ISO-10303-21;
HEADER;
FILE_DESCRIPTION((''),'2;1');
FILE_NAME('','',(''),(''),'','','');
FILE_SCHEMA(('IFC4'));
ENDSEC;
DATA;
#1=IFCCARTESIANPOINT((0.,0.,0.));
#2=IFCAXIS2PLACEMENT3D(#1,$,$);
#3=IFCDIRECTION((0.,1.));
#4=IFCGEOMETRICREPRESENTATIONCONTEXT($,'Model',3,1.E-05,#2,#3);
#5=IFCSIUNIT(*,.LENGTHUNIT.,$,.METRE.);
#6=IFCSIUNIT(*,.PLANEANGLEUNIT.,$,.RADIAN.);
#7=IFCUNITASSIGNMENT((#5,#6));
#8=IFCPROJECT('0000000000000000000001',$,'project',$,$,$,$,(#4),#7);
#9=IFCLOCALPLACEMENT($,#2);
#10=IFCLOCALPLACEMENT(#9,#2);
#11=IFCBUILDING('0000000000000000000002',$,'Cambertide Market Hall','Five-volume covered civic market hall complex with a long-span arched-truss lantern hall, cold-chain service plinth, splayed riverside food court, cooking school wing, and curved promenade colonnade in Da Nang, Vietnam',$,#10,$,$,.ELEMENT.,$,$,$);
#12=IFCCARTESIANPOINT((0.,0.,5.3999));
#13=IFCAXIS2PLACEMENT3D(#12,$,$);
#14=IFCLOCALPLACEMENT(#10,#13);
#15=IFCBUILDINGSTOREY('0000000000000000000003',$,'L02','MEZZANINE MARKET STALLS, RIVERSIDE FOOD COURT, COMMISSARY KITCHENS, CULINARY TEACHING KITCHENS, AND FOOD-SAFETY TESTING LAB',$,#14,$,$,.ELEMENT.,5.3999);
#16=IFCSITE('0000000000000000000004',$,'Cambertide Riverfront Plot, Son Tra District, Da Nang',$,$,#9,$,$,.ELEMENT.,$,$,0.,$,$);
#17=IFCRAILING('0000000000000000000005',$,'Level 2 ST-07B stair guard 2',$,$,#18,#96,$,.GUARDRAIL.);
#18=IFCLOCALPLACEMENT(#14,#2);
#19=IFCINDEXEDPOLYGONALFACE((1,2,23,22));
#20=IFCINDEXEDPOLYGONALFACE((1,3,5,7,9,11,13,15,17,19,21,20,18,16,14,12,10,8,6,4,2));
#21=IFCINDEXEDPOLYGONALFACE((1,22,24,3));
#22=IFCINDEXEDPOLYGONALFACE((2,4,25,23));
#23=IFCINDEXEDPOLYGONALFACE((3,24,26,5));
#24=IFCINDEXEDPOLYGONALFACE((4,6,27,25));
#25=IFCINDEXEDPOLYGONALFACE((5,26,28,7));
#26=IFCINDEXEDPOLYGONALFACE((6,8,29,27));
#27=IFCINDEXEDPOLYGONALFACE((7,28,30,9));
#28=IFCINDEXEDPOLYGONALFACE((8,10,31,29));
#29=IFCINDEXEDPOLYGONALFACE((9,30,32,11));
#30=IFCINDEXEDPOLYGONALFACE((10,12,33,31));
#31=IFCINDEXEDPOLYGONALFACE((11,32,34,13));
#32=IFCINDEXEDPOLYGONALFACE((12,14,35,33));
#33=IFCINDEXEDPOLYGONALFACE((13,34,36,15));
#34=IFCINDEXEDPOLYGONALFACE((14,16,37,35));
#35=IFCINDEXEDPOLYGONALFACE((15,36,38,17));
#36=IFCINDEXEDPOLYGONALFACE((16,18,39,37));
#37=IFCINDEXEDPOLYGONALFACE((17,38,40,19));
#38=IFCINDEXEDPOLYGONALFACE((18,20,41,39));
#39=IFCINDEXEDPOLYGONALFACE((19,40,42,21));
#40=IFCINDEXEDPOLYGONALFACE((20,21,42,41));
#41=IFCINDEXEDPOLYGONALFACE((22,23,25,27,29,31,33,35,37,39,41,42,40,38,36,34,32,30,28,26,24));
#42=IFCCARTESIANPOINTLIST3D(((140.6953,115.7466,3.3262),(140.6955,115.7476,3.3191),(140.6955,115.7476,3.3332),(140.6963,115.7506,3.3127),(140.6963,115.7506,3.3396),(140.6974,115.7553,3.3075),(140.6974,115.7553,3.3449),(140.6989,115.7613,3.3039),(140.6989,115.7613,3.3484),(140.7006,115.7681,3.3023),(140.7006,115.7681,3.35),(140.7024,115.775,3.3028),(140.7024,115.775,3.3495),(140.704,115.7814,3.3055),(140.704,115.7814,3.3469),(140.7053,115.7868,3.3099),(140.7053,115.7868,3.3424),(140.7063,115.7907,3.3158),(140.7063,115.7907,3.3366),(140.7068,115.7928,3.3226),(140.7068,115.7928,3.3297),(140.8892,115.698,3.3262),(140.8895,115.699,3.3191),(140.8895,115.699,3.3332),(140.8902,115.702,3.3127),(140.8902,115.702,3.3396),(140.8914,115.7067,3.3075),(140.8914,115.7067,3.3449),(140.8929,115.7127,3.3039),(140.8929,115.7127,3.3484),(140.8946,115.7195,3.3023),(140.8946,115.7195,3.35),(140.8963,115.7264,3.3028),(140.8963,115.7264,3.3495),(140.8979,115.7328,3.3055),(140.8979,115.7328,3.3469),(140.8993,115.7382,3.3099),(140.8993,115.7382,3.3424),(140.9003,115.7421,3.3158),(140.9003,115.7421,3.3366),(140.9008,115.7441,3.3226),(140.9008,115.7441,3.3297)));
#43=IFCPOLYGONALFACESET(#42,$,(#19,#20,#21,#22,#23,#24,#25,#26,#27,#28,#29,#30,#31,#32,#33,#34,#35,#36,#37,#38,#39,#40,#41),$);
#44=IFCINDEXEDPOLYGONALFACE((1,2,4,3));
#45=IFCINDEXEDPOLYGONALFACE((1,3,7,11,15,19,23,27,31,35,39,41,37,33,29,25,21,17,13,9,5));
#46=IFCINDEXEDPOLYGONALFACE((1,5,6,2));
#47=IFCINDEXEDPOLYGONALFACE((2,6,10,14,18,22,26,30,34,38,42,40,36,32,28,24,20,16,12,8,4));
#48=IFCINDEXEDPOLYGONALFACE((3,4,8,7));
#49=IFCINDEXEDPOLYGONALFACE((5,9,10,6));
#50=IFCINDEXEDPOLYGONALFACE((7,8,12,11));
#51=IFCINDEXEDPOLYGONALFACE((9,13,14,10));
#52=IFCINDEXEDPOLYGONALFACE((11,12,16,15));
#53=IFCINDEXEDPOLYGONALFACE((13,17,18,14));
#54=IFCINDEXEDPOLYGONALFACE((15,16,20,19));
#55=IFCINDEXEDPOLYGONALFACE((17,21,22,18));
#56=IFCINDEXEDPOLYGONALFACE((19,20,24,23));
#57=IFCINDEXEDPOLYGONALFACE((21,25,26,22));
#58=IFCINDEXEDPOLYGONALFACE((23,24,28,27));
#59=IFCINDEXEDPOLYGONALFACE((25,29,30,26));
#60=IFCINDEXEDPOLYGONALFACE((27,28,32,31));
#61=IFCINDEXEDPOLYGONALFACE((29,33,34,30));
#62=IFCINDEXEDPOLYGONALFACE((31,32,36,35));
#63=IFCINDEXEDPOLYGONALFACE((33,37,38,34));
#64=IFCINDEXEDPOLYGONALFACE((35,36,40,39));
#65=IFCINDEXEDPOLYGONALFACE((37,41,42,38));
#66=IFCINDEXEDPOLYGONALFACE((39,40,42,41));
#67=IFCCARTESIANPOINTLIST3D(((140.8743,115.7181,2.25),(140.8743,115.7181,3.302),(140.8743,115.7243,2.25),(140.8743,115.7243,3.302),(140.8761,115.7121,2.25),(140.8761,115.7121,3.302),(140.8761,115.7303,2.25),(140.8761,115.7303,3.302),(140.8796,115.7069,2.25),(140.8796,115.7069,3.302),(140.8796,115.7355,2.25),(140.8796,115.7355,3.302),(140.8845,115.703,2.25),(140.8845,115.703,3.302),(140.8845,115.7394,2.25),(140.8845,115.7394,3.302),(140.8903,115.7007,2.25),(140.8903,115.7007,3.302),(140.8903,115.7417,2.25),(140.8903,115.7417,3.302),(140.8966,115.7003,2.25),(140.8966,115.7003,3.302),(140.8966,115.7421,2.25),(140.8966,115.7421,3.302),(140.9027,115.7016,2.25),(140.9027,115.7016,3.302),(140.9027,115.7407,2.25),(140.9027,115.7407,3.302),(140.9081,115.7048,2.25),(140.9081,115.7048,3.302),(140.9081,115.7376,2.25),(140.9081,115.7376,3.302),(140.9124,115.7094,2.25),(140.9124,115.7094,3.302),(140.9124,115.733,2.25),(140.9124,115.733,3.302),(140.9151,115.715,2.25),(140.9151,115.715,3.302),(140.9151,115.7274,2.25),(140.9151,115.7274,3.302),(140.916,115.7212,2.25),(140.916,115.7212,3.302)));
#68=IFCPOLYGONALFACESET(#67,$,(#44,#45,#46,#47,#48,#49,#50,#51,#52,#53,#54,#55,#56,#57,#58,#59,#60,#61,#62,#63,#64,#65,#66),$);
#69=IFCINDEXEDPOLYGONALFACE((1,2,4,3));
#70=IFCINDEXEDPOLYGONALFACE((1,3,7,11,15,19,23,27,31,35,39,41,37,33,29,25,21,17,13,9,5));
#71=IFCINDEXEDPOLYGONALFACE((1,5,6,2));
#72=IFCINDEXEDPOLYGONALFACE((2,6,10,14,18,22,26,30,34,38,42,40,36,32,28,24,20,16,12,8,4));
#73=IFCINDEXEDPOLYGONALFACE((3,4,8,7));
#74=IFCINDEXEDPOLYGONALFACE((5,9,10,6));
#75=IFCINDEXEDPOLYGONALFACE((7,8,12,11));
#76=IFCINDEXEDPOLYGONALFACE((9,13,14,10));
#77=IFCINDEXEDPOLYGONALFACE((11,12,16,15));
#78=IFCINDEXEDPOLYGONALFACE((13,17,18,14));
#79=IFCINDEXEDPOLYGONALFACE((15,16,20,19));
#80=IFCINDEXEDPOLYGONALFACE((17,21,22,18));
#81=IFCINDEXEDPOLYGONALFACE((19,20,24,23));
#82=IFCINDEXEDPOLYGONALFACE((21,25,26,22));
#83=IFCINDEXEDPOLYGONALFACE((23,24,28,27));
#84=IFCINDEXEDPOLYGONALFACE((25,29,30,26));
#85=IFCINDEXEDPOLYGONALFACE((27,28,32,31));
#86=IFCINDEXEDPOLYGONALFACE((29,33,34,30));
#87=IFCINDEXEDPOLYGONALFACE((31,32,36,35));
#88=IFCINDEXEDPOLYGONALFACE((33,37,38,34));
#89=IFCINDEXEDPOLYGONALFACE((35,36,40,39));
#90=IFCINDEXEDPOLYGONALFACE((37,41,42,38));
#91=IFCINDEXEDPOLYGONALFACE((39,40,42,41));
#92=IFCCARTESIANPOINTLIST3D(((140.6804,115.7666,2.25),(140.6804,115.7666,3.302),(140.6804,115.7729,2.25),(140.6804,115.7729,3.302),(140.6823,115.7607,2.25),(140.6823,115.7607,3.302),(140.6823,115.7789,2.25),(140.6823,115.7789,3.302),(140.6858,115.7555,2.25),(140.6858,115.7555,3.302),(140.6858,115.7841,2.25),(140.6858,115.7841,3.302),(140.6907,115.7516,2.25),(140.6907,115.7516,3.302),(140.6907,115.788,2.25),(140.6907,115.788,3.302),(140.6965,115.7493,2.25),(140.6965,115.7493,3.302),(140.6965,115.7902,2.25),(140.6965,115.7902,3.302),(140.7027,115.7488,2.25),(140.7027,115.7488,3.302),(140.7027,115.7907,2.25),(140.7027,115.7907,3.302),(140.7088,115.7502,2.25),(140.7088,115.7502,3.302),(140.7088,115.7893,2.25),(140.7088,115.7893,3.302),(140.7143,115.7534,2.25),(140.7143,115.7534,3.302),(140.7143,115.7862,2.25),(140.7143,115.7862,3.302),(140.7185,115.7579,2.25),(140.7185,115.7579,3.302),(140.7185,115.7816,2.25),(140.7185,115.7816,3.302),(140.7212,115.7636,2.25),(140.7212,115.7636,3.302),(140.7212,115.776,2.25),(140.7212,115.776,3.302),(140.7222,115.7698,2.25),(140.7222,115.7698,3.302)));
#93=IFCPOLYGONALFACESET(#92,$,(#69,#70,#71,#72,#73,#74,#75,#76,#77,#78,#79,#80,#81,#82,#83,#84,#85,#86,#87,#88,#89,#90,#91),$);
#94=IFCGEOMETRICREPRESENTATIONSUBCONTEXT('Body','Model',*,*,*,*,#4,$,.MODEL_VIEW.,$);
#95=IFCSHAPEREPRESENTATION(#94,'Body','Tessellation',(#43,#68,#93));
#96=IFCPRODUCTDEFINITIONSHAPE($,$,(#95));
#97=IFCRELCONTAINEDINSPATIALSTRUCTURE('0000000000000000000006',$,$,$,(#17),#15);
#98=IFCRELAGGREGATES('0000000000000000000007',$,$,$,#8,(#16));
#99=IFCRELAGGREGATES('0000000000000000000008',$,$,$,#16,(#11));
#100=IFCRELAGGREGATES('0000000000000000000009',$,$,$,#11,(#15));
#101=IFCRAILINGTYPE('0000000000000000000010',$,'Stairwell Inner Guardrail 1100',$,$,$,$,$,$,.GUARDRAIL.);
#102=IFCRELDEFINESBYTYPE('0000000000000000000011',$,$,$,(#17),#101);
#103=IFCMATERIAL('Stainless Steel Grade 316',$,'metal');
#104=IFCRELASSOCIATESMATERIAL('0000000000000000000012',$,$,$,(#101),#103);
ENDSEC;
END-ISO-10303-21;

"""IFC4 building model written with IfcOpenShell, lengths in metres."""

from ifc_helpers import new_model, si_unit, direction, frame, origin, origin_2d, place, context, subcontext, project, spatial, circle, extrude, material, type_object, element, save


model = new_model("IFC4")

# Units and contexts
model_context = context("Model", 3, precision=1e-05, world=origin(), true_north=direction((0.0, 1.0)))
body_context = subcontext(model_context, "Body", "Model", "MODEL_VIEW")
ifc_project = project(units=[si_unit("LENGTHUNIT", "METRE"), si_unit("PLANEANGLEUNIT", "RADIAN")], contexts=[model_context])

# Site, building, storey
site_placement = place(None, origin())
site = spatial("IfcSite", under=ifc_project, at=site_placement, Name="Cambertide Riverfront Plot, Son Tra District, Da Nang", CompositionType="ELEMENT", RefElevation=0.0)
building_placement = place(site_placement, origin())
building = spatial("IfcBuilding", under=site, at=building_placement, Name="Cambertide Market Hall", Description="Five-volume covered civic market hall complex with a long-span arched-truss lantern hall, cold-chain service plinth, splayed riverside food court, cooking school wing, and curved promenade colonnade in Da Nang, Vietnam", CompositionType="ELEMENT")
storey_placement = place(building_placement, frame((0.0, 0.0, 5.3999)))
storey = spatial("IfcBuildingStorey", under=building, at=storey_placement, Name="L02", Description="MEZZANINE MARKET STALLS, RIVERSIDE FOOD COURT, COMMISSARY KITCHENS, CULINARY TEACHING KITCHENS, AND FOOD-SAFETY TESTING LAB", CompositionType="ELEMENT", Elevation=5.3999)

# Railing
ifc_material_1 = material(Name="Stainless Steel Grade 316", Category="metal")
railing_type_1 = type_object("IfcRailingType", Name="Stairwell Inner Guardrail 1100", PredefinedType="GUARDRAIL", material=ifc_material_1)
railing_1_placement = place(storey_placement, frame((140.895, 115.7212, 2.25)))
element("IfcRailing", 1, at=railing_1_placement, inside=storey, type_object=railing_type_1, Name="Level 2 ST-07B stair guard 2", PredefinedType="GUARDRAIL", context=body_context, shape_type="SweptSolid", body=[
    extrude(circle(Radius=0.0239, at=origin_2d()), frame((0.0, 0.0, 1.0762), z_axis=(-0.969999, 0.24311, 0.0), x_axis=(-0.24311, -0.969999, 0.0)), (0.0, 0.0, 1.0), 0.2),
    extrude(circle(Radius=0.021, at=origin_2d()), origin(), (0.0, 0.0, 1.0), 1.052),
    extrude(circle(Radius=0.021, at=origin_2d()), frame((-0.1938, 0.0486, 0.0)), (0.0, 0.0, 1.0), 1.052),
])

save(model, "model.ifc")
